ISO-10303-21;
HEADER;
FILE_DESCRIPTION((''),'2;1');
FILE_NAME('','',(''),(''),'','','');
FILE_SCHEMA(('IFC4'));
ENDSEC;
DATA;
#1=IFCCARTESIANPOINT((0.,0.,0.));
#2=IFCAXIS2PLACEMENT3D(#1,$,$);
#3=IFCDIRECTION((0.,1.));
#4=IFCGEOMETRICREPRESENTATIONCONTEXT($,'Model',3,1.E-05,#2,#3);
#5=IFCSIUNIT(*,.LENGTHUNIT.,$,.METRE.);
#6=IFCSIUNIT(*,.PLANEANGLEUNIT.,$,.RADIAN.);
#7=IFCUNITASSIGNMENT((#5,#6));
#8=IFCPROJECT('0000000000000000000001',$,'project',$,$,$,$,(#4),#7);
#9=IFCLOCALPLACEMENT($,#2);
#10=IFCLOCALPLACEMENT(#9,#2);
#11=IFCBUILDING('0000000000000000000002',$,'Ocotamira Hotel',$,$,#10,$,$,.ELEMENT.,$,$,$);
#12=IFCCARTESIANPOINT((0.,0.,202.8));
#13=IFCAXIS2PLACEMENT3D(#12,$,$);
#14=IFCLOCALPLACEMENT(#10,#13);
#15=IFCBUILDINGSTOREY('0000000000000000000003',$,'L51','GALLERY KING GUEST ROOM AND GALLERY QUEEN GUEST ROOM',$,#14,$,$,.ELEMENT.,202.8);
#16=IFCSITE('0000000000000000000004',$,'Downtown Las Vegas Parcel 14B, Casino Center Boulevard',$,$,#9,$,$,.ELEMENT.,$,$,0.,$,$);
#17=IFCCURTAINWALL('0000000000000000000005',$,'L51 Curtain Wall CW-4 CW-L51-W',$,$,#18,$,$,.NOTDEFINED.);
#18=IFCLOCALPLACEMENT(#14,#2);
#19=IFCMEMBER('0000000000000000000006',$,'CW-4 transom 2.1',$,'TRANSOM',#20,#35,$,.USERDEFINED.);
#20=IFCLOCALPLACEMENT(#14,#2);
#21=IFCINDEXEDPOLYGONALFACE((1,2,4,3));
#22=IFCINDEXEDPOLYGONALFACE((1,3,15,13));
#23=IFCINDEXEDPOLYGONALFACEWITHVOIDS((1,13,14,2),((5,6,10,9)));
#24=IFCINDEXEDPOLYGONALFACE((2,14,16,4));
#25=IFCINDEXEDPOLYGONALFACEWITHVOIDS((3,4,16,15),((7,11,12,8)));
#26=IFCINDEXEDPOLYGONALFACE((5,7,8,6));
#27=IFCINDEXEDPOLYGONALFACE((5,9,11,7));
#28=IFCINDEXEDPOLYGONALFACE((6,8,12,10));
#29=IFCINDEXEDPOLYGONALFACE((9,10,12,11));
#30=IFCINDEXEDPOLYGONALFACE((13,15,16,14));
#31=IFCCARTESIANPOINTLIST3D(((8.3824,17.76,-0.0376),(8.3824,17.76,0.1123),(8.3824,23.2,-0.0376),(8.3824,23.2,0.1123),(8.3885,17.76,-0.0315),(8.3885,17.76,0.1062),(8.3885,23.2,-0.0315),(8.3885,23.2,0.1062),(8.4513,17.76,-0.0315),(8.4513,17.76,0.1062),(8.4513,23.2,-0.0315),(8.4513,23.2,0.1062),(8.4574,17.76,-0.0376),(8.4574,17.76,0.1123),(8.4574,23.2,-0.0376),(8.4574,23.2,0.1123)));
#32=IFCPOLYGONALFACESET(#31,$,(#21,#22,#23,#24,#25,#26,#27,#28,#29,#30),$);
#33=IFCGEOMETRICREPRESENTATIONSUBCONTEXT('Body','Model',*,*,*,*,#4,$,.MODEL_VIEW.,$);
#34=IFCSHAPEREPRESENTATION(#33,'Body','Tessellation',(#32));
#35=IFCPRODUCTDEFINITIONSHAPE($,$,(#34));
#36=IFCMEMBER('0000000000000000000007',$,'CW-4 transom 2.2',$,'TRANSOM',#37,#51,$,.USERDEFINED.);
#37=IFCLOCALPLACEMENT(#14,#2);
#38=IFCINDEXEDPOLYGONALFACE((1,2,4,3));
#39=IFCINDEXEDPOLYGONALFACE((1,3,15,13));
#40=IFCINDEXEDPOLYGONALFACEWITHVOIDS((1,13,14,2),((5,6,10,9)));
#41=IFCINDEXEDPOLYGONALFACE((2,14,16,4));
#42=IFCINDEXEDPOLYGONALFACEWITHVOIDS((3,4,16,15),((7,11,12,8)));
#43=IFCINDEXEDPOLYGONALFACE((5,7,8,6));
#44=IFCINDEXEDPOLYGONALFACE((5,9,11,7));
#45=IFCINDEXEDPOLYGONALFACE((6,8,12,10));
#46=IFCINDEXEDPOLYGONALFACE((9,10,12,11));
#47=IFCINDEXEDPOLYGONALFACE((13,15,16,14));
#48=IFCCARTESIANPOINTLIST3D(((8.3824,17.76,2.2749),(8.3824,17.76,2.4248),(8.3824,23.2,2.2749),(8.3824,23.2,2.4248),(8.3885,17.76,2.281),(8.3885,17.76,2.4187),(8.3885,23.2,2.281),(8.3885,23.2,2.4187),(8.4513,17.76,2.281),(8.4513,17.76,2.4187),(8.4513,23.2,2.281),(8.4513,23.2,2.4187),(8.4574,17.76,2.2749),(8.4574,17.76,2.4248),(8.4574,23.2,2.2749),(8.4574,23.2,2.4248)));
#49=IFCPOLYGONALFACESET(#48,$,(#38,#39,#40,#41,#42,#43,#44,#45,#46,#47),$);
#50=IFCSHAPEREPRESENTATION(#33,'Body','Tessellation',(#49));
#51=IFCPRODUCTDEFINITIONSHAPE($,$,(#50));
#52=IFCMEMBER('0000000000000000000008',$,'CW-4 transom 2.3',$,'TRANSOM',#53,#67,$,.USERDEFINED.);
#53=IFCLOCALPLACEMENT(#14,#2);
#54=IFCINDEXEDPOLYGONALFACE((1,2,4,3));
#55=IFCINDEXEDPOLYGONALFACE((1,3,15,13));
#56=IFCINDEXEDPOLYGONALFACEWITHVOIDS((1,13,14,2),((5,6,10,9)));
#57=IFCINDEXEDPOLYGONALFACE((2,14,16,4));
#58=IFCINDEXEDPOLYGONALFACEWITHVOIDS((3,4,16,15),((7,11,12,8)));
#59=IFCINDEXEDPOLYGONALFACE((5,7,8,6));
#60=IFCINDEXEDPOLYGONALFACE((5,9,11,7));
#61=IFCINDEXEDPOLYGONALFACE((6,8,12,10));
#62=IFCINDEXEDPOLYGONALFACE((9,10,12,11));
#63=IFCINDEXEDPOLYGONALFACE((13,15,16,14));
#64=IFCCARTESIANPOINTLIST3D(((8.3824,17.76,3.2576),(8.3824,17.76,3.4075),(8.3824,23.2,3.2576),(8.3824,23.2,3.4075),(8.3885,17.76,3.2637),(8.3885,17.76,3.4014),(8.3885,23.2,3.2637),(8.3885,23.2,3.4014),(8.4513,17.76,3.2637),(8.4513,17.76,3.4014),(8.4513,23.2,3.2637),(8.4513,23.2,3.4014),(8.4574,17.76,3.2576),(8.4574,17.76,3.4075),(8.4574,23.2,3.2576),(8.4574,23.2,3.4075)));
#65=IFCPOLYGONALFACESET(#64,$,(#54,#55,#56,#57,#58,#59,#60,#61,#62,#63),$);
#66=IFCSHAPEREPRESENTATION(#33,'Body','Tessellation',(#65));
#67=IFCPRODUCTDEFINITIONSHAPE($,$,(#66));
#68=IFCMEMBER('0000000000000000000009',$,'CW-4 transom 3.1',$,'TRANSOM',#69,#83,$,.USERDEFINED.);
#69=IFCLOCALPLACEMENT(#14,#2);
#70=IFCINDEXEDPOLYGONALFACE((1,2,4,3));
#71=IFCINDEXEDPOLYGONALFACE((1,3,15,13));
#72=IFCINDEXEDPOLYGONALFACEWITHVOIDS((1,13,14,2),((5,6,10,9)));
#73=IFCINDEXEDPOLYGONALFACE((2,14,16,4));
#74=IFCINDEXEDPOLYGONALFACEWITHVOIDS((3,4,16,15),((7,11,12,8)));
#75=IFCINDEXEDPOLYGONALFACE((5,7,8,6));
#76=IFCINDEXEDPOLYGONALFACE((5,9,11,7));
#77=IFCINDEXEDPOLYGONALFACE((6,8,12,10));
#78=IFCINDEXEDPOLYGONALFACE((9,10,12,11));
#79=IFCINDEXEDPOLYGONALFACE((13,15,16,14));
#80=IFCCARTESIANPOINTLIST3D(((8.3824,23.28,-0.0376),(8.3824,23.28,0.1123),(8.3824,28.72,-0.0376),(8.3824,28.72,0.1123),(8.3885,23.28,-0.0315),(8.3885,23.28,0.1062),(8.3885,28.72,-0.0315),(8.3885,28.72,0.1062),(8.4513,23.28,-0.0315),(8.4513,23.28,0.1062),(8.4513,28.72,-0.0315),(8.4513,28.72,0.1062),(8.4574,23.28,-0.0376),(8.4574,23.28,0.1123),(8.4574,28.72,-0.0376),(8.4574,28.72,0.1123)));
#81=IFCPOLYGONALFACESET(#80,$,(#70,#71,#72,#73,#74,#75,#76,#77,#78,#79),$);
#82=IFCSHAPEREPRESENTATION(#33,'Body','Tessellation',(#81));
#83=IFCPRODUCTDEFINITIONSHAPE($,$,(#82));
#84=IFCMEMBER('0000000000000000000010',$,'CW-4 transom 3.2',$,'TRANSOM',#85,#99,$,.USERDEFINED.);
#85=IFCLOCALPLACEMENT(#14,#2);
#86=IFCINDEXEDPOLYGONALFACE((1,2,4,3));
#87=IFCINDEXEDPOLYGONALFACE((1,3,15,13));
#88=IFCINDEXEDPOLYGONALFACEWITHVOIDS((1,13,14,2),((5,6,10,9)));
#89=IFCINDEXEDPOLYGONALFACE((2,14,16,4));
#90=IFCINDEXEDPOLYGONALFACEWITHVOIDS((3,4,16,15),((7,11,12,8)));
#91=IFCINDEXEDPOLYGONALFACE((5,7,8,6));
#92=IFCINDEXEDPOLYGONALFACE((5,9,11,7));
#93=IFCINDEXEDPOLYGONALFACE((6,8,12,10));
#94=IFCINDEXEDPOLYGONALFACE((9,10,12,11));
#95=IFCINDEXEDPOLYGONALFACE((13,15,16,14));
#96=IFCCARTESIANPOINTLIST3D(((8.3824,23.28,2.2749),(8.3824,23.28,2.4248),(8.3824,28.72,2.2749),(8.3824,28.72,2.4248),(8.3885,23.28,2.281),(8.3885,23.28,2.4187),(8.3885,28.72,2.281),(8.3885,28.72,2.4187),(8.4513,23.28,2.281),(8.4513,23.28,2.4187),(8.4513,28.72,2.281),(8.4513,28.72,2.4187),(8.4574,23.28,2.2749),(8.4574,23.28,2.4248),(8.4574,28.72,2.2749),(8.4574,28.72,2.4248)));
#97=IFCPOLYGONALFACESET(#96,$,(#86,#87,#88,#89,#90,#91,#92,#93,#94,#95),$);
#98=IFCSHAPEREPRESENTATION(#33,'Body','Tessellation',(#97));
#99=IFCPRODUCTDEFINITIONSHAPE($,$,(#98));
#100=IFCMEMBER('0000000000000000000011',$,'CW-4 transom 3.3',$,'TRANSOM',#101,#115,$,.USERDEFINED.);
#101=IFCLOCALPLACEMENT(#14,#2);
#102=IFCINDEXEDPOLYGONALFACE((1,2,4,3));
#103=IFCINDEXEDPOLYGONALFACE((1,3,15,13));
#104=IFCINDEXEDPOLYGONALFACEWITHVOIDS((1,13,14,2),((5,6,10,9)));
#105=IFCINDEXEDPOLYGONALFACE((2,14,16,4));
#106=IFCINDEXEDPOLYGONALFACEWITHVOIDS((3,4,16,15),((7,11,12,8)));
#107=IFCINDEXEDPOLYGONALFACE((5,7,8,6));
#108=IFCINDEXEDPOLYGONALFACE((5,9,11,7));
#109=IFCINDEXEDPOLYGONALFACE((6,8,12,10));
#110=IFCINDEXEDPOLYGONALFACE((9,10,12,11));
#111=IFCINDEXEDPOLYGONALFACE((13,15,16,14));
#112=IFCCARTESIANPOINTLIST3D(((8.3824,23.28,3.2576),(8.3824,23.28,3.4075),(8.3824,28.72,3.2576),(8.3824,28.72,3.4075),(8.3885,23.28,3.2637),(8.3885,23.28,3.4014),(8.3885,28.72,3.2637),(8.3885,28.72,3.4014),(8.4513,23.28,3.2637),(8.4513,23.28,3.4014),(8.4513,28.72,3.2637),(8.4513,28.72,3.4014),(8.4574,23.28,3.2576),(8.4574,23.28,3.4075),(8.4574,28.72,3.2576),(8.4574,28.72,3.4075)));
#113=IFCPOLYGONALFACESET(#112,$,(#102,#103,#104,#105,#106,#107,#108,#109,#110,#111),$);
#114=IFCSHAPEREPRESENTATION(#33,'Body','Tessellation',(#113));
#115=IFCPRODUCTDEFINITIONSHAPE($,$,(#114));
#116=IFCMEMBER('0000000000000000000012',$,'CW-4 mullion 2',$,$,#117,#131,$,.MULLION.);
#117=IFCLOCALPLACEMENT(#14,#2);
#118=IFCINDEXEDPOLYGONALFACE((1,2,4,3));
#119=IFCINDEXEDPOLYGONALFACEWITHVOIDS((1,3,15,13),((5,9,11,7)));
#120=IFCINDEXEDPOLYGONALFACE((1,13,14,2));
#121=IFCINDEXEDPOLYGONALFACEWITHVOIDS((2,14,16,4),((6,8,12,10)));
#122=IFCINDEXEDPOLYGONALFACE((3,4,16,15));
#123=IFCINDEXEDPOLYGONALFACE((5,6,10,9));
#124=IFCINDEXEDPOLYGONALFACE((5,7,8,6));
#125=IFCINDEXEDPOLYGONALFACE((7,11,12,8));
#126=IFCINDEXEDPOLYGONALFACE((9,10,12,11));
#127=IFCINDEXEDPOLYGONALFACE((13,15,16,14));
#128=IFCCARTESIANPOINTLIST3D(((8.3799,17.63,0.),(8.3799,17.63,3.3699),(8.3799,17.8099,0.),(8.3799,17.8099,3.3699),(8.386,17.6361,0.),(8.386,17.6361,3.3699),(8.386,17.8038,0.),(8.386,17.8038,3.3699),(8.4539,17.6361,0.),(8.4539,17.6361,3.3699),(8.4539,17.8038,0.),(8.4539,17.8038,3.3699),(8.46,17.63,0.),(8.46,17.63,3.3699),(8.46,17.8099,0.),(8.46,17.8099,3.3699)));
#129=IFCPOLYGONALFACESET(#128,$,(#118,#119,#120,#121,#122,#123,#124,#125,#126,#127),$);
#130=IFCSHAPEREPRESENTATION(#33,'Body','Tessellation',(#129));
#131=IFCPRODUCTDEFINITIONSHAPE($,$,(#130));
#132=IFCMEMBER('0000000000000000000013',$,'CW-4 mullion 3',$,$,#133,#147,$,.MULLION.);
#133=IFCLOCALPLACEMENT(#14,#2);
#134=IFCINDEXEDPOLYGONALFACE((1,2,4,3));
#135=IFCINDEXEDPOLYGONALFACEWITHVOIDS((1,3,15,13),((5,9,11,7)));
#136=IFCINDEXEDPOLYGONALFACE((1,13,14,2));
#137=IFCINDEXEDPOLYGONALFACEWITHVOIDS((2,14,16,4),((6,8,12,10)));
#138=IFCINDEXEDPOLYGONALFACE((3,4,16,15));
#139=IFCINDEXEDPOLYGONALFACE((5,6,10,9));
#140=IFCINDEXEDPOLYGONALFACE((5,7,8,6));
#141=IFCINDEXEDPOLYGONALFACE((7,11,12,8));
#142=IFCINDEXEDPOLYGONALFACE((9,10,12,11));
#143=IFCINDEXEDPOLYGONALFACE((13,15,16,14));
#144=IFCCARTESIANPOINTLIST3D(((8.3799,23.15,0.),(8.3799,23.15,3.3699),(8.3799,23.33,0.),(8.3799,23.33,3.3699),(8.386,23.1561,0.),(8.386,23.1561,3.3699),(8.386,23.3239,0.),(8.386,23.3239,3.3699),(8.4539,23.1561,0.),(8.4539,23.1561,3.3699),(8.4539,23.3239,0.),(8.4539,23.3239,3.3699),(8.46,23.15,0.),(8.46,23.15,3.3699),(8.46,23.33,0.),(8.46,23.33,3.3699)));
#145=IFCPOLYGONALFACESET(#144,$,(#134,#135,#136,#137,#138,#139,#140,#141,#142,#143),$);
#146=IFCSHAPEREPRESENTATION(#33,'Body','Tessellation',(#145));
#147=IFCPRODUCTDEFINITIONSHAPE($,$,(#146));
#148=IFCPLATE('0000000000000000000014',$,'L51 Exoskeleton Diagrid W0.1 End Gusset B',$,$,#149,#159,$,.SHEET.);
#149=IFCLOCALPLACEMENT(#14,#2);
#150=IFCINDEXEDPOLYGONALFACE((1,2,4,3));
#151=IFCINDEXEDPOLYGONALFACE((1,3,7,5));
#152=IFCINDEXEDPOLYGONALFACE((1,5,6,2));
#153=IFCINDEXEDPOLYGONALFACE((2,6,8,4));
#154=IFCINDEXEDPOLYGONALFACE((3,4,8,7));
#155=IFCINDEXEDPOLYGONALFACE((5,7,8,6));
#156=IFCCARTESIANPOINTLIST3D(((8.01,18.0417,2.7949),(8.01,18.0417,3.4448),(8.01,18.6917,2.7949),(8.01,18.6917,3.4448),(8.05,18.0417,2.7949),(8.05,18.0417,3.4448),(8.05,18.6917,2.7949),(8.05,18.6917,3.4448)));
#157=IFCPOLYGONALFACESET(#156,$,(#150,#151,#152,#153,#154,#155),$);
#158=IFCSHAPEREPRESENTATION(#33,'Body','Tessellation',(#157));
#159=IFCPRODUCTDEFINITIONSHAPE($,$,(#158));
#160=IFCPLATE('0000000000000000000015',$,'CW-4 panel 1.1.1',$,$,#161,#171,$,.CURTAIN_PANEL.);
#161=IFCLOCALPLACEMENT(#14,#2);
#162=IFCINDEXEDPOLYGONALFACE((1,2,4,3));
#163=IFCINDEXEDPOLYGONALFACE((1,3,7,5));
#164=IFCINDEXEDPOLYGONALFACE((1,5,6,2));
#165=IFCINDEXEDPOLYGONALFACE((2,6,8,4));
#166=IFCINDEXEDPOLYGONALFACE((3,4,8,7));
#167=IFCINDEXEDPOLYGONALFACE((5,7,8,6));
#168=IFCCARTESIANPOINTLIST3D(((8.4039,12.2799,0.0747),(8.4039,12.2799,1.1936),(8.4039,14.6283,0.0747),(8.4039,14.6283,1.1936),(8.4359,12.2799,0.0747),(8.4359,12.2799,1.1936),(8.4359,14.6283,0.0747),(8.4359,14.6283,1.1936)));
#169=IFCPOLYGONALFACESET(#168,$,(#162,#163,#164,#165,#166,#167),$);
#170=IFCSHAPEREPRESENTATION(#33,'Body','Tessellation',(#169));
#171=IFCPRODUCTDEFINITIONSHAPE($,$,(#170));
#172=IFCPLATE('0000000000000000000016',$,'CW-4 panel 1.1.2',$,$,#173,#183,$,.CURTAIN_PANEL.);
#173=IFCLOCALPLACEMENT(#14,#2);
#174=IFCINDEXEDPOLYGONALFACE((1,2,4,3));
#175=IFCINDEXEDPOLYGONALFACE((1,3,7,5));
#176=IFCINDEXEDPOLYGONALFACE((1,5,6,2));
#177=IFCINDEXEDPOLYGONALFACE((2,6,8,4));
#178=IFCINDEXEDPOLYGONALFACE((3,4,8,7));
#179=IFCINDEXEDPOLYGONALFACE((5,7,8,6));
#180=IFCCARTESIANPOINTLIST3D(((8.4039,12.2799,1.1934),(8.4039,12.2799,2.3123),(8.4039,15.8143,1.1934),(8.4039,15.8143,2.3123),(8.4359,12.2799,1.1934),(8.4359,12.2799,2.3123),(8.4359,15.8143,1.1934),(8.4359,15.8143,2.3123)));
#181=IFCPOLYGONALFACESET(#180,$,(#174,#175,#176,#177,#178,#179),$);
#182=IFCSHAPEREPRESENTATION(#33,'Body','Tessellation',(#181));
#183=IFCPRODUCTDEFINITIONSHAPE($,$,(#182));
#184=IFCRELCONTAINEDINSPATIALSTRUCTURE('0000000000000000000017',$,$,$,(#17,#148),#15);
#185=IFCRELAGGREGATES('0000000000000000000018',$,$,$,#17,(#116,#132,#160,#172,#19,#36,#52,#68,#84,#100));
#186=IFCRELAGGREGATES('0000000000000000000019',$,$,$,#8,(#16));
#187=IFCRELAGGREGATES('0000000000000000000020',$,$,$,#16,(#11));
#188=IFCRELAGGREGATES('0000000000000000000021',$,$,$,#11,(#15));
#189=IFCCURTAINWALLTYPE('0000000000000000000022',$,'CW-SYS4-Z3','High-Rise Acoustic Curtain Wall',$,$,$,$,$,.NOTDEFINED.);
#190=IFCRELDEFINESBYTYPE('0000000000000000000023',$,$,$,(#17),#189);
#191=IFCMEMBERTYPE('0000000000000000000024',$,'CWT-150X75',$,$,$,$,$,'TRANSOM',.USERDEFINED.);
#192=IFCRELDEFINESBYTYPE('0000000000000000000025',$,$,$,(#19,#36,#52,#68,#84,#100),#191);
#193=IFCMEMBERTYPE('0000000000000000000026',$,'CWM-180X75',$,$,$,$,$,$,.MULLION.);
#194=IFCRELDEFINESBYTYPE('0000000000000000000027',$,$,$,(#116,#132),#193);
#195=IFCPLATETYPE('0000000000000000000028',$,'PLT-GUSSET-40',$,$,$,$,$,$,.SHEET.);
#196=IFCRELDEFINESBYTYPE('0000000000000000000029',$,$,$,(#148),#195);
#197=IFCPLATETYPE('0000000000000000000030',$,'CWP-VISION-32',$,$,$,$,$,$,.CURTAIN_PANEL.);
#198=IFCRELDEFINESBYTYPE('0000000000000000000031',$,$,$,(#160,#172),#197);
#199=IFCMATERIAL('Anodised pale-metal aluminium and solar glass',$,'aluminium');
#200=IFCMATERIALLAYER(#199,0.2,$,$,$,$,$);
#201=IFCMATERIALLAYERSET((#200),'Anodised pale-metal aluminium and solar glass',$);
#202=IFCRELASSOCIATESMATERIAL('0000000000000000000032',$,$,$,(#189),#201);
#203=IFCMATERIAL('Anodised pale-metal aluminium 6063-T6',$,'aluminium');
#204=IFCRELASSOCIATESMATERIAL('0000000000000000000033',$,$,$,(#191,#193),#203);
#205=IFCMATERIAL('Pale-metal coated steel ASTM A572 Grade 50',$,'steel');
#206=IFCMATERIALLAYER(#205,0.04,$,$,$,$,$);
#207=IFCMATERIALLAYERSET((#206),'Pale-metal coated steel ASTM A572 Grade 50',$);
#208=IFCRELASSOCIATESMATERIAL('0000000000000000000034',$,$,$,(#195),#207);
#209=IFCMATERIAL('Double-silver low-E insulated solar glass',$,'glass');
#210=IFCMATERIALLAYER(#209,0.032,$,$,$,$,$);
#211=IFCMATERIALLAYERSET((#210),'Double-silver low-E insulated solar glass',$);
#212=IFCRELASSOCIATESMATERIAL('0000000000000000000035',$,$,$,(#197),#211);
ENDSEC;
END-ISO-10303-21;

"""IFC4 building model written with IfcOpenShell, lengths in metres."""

from ifc_helpers import new_model, si_unit, direction, frame, origin, origin_2d, place, context, subcontext, project, spatial, rectangle, hollow_rectangle, extrude, source, transform, mapped, material, layer, layer_set, material_profile, profile_set, type_object, element, aggregate, save


model = new_model("IFC4")

# Units and contexts
model_context = context("Model", 3, precision=1e-05, world=origin(), true_north=direction((0.0, 1.0)))
body_context = subcontext(model_context, "Body", "Model", "MODEL_VIEW")
ifc_project = project(units=[si_unit("LENGTHUNIT", "METRE"), si_unit("PLANEANGLEUNIT", "RADIAN")], contexts=[model_context])

# Site, building, storey
site_placement = place(None, origin())
site = spatial("IfcSite", under=ifc_project, at=site_placement, Name="Downtown Las Vegas Parcel 14B, Casino Center Boulevard", CompositionType="ELEMENT", RefElevation=0.0)
building_placement = place(site_placement, origin())
building = spatial("IfcBuilding", under=site, at=building_placement, Name="Ocotamira Hotel", CompositionType="ELEMENT")
storey_placement = place(building_placement, frame((0.0, 0.0, 202.8)))
storey = spatial("IfcBuildingStorey", under=building, at=storey_placement, Name="L51", Description="GALLERY KING GUEST ROOM AND GALLERY QUEEN GUEST ROOM", CompositionType="ELEMENT", Elevation=202.8)

# Curtain wall, members
ifc_material_1 = material(Name="Anodised pale-metal aluminium and solar glass", Category="aluminium")
ifc_layer_1 = layer(ifc_material_1, 0.2)
ifc_layer_set_1 = layer_set([ifc_layer_1], Name="Anodised pale-metal aluminium and solar glass")
curtain_wall_type = type_object("IfcCurtainWallType", Name="CW-SYS4-Z3", Description="High-Rise Acoustic Curtain Wall", PredefinedType="NOTDEFINED", material=ifc_layer_set_1)
curtain_wall_placement = place(storey_placement, origin())
curtain_wall = element("IfcCurtainWall", 1, at=curtain_wall_placement, inside=storey, type_object=curtain_wall_type, Name="L51 Curtain Wall CW-4 CW-L51-W", PredefinedType="NOTDEFINED")
ifc_material_2 = material(Name="Anodised pale-metal aluminium 6063-T6", Category="aluminium")
ifc_material_profile_1 = material_profile(ifc_material_2, hollow_rectangle(XDim=0.075, YDim=0.1499, WallThickness=0.0061, at=origin_2d()), Name="HSS150X75X6")
ifc_profile_set_1 = profile_set([ifc_material_profile_1], Name="Anodised pale-metal aluminium 6063-T6")
member_type_1 = type_object("IfcMemberType", Name="CWT-150X75", ElementType="TRANSOM", PredefinedType="USERDEFINED", material=ifc_profile_set_1)
shared_shape_1 = source(origin(), body_context, "Body", "SweptSolid", [
    extrude(hollow_rectangle(XDim=0.075, YDim=0.1499, WallThickness=0.0061, at=origin_2d()), origin(), (0.0, 0.0, 1.0), 5.4399),
])
member_1_placement = place(storey_placement, frame((8.4199, 17.76, 0.0374), z_axis=(0.0, 1.0, 0.0), x_axis=(-1.0, 0.0, 0.0)))
member_1 = element("IfcMember", 2, at=member_1_placement, type_object=member_type_1, Name="CW-4 transom 2.1", ObjectType="TRANSOM", PredefinedType="USERDEFINED", context=body_context, shape_type="MappedRepresentation", body=[
    mapped(shared_shape_1, transform((0.0, 0.0, 0.0), scale=1.0)),
])
member_2_placement = place(storey_placement, frame((8.4199, 17.76, 2.3499), z_axis=(0.0, 1.0, 0.0), x_axis=(-1.0, 0.0, 0.0)))
member_2 = element("IfcMember", 3, at=member_2_placement, type_object=member_type_1, Name="CW-4 transom 2.2", ObjectType="TRANSOM", PredefinedType="USERDEFINED", context=body_context, shape_type="MappedRepresentation", body=[
    mapped(shared_shape_1, transform((0.0, 0.0, 0.0), scale=1.0)),
])
member_3_placement = place(storey_placement, frame((8.4199, 17.76, 3.3325), z_axis=(0.0, 1.0, 0.0), x_axis=(-1.0, 0.0, 0.0)))
member_3 = element("IfcMember", 4, at=member_3_placement, type_object=member_type_1, Name="CW-4 transom 2.3", ObjectType="TRANSOM", PredefinedType="USERDEFINED", context=body_context, shape_type="MappedRepresentation", body=[
    mapped(shared_shape_1, transform((0.0, 0.0, 0.0), scale=1.0)),
])
member_4_placement = place(storey_placement, frame((8.4199, 23.28, 0.0374), z_axis=(0.0, 1.0, 0.0), x_axis=(-1.0, 0.0, 0.0)))
member_4 = element("IfcMember", 5, at=member_4_placement, type_object=member_type_1, Name="CW-4 transom 3.1", ObjectType="TRANSOM", PredefinedType="USERDEFINED", context=body_context, shape_type="MappedRepresentation", body=[
    mapped(shared_shape_1, transform((0.0, 0.0, 0.0), scale=1.0)),
])
member_5_placement = place(storey_placement, frame((8.4199, 23.28, 2.3499), z_axis=(0.0, 1.0, 0.0), x_axis=(-1.0, 0.0, 0.0)))
member_5 = element("IfcMember", 6, at=member_5_placement, type_object=member_type_1, Name="CW-4 transom 3.2", ObjectType="TRANSOM", PredefinedType="USERDEFINED", context=body_context, shape_type="MappedRepresentation", body=[
    mapped(shared_shape_1, transform((0.0, 0.0, 0.0), scale=1.0)),
])
member_6_placement = place(storey_placement, frame((8.4199, 23.28, 3.3325), z_axis=(0.0, 1.0, 0.0), x_axis=(-1.0, 0.0, 0.0)))
member_6 = element("IfcMember", 7, at=member_6_placement, type_object=member_type_1, Name="CW-4 transom 3.3", ObjectType="TRANSOM", PredefinedType="USERDEFINED", context=body_context, shape_type="MappedRepresentation", body=[
    mapped(shared_shape_1, transform((0.0, 0.0, 0.0), scale=1.0)),
])
ifc_material_profile_2 = material_profile(ifc_material_2, hollow_rectangle(XDim=0.0801, YDim=0.1799, WallThickness=0.0061, at=origin_2d()), Name="HSS180X80X6")
ifc_profile_set_2 = profile_set([ifc_material_profile_2], Name="Anodised pale-metal aluminium 6063-T6")
member_type_2 = type_object("IfcMemberType", Name="CWM-180X75", PredefinedType="MULLION", material=ifc_profile_set_2)
shared_shape_2 = source(origin(), body_context, "Body", "SweptSolid", [
    extrude(hollow_rectangle(XDim=0.0801, YDim=0.1799, WallThickness=0.0061, at=origin_2d()), origin(), (0.0, 0.0, 1.0), 3.3699),
])
member_7_placement = place(storey_placement, frame((8.4199, 17.72, 0.0), z_axis=(0.0, 0.0, 1.0), x_axis=(-1.0, 0.0, 0.0)))
member_7 = element("IfcMember", 8, at=member_7_placement, type_object=member_type_2, Name="CW-4 mullion 2", PredefinedType="MULLION", context=body_context, shape_type="MappedRepresentation", body=[
    mapped(shared_shape_2, transform((0.0, 0.0, 0.0), scale=1.0)),
])
member_8_placement = place(storey_placement, frame((8.4199, 23.24, 0.0), z_axis=(0.0, 0.0, 1.0), x_axis=(-1.0, 0.0, 0.0)))
member_8 = element("IfcMember", 9, at=member_8_placement, type_object=member_type_2, Name="CW-4 mullion 3", PredefinedType="MULLION", context=body_context, shape_type="MappedRepresentation", body=[
    mapped(shared_shape_2, transform((0.0, 0.0, 0.0), scale=1.0)),
])

# Plates
ifc_material_3 = material(Name="Pale-metal coated steel ASTM A572 Grade 50", Category="steel")
ifc_layer_2 = layer(ifc_material_3, 0.04)
ifc_layer_set_2 = layer_set([ifc_layer_2], Name="Pale-metal coated steel ASTM A572 Grade 50")
plate_type_1 = type_object("IfcPlateType", Name="PLT-GUSSET-40", PredefinedType="SHEET", material=ifc_layer_set_2)
shared_shape_3 = source(origin(), body_context, "Body", "SweptSolid", [
    extrude(rectangle(XDim=0.04, YDim=0.6499, at=origin_2d()), origin(), (0.0, 0.0, 1.0), 0.6499),
])
plate_1_placement = place(storey_placement, frame((8.03, 18.3667, 2.7949), z_axis=(0.0, 0.0, 1.0), x_axis=(1.0, 0.0, 0.0)))
element("IfcPlate", 10, at=plate_1_placement, inside=storey, type_object=plate_type_1, Name="L51 Exoskeleton Diagrid W0.1 End Gusset B", PredefinedType="SHEET", context=body_context, shape_type="MappedRepresentation", body=[
    mapped(shared_shape_3, transform((0.0, 0.0, 0.0), scale=1.0)),
])
ifc_material_4 = material(Name="Double-silver low-E insulated solar glass", Category="glass")
ifc_layer_3 = layer(ifc_material_4, 0.032)
ifc_layer_set_3 = layer_set([ifc_layer_3], Name="Double-silver low-E insulated solar glass")
plate_type_2 = type_object("IfcPlateType", Name="CWP-VISION-32", PredefinedType="CURTAIN_PANEL", material=ifc_layer_set_3)
shared_shape_4 = source(origin(), body_context, "Body", "SweptSolid", [
    extrude(rectangle(XDim=2.3484, YDim=0.032, at=origin_2d()), origin(), (0.0, 0.0, 1.0), 1.1189),
])
plate_2_placement = place(storey_placement, frame((8.4199, 13.4541, 0.0747), z_axis=(0.0, 0.0, 1.0), x_axis=(0.0, 1.0, 0.0)))
plate_2 = element("IfcPlate", 11, at=plate_2_placement, type_object=plate_type_2, Name="CW-4 panel 1.1.1", PredefinedType="CURTAIN_PANEL", context=body_context, shape_type="MappedRepresentation", body=[
    mapped(shared_shape_4, transform((0.0, 0.0, 0.0), scale=1.0)),
])
shared_shape_5 = source(origin(), body_context, "Body", "SweptSolid", [
    extrude(rectangle(XDim=3.5344, YDim=0.032, at=origin_2d()), origin(), (0.0, 0.0, 1.0), 1.1189),
])
plate_3_placement = place(storey_placement, frame((8.4199, 14.0471, 1.1934), z_axis=(0.0, 0.0, 1.0), x_axis=(0.0, 1.0, 0.0)))
plate_3 = element("IfcPlate", 12, at=plate_3_placement, type_object=plate_type_2, Name="CW-4 panel 1.1.2", PredefinedType="CURTAIN_PANEL", context=body_context, shape_type="MappedRepresentation", body=[
    mapped(shared_shape_5, transform((0.0, 0.0, 0.0), scale=1.0)),
])
aggregate(curtain_wall, [member_7, member_8, plate_2, plate_3, member_1, member_2, member_3, member_4, member_5, member_6])

save(model, "model.ifc")
